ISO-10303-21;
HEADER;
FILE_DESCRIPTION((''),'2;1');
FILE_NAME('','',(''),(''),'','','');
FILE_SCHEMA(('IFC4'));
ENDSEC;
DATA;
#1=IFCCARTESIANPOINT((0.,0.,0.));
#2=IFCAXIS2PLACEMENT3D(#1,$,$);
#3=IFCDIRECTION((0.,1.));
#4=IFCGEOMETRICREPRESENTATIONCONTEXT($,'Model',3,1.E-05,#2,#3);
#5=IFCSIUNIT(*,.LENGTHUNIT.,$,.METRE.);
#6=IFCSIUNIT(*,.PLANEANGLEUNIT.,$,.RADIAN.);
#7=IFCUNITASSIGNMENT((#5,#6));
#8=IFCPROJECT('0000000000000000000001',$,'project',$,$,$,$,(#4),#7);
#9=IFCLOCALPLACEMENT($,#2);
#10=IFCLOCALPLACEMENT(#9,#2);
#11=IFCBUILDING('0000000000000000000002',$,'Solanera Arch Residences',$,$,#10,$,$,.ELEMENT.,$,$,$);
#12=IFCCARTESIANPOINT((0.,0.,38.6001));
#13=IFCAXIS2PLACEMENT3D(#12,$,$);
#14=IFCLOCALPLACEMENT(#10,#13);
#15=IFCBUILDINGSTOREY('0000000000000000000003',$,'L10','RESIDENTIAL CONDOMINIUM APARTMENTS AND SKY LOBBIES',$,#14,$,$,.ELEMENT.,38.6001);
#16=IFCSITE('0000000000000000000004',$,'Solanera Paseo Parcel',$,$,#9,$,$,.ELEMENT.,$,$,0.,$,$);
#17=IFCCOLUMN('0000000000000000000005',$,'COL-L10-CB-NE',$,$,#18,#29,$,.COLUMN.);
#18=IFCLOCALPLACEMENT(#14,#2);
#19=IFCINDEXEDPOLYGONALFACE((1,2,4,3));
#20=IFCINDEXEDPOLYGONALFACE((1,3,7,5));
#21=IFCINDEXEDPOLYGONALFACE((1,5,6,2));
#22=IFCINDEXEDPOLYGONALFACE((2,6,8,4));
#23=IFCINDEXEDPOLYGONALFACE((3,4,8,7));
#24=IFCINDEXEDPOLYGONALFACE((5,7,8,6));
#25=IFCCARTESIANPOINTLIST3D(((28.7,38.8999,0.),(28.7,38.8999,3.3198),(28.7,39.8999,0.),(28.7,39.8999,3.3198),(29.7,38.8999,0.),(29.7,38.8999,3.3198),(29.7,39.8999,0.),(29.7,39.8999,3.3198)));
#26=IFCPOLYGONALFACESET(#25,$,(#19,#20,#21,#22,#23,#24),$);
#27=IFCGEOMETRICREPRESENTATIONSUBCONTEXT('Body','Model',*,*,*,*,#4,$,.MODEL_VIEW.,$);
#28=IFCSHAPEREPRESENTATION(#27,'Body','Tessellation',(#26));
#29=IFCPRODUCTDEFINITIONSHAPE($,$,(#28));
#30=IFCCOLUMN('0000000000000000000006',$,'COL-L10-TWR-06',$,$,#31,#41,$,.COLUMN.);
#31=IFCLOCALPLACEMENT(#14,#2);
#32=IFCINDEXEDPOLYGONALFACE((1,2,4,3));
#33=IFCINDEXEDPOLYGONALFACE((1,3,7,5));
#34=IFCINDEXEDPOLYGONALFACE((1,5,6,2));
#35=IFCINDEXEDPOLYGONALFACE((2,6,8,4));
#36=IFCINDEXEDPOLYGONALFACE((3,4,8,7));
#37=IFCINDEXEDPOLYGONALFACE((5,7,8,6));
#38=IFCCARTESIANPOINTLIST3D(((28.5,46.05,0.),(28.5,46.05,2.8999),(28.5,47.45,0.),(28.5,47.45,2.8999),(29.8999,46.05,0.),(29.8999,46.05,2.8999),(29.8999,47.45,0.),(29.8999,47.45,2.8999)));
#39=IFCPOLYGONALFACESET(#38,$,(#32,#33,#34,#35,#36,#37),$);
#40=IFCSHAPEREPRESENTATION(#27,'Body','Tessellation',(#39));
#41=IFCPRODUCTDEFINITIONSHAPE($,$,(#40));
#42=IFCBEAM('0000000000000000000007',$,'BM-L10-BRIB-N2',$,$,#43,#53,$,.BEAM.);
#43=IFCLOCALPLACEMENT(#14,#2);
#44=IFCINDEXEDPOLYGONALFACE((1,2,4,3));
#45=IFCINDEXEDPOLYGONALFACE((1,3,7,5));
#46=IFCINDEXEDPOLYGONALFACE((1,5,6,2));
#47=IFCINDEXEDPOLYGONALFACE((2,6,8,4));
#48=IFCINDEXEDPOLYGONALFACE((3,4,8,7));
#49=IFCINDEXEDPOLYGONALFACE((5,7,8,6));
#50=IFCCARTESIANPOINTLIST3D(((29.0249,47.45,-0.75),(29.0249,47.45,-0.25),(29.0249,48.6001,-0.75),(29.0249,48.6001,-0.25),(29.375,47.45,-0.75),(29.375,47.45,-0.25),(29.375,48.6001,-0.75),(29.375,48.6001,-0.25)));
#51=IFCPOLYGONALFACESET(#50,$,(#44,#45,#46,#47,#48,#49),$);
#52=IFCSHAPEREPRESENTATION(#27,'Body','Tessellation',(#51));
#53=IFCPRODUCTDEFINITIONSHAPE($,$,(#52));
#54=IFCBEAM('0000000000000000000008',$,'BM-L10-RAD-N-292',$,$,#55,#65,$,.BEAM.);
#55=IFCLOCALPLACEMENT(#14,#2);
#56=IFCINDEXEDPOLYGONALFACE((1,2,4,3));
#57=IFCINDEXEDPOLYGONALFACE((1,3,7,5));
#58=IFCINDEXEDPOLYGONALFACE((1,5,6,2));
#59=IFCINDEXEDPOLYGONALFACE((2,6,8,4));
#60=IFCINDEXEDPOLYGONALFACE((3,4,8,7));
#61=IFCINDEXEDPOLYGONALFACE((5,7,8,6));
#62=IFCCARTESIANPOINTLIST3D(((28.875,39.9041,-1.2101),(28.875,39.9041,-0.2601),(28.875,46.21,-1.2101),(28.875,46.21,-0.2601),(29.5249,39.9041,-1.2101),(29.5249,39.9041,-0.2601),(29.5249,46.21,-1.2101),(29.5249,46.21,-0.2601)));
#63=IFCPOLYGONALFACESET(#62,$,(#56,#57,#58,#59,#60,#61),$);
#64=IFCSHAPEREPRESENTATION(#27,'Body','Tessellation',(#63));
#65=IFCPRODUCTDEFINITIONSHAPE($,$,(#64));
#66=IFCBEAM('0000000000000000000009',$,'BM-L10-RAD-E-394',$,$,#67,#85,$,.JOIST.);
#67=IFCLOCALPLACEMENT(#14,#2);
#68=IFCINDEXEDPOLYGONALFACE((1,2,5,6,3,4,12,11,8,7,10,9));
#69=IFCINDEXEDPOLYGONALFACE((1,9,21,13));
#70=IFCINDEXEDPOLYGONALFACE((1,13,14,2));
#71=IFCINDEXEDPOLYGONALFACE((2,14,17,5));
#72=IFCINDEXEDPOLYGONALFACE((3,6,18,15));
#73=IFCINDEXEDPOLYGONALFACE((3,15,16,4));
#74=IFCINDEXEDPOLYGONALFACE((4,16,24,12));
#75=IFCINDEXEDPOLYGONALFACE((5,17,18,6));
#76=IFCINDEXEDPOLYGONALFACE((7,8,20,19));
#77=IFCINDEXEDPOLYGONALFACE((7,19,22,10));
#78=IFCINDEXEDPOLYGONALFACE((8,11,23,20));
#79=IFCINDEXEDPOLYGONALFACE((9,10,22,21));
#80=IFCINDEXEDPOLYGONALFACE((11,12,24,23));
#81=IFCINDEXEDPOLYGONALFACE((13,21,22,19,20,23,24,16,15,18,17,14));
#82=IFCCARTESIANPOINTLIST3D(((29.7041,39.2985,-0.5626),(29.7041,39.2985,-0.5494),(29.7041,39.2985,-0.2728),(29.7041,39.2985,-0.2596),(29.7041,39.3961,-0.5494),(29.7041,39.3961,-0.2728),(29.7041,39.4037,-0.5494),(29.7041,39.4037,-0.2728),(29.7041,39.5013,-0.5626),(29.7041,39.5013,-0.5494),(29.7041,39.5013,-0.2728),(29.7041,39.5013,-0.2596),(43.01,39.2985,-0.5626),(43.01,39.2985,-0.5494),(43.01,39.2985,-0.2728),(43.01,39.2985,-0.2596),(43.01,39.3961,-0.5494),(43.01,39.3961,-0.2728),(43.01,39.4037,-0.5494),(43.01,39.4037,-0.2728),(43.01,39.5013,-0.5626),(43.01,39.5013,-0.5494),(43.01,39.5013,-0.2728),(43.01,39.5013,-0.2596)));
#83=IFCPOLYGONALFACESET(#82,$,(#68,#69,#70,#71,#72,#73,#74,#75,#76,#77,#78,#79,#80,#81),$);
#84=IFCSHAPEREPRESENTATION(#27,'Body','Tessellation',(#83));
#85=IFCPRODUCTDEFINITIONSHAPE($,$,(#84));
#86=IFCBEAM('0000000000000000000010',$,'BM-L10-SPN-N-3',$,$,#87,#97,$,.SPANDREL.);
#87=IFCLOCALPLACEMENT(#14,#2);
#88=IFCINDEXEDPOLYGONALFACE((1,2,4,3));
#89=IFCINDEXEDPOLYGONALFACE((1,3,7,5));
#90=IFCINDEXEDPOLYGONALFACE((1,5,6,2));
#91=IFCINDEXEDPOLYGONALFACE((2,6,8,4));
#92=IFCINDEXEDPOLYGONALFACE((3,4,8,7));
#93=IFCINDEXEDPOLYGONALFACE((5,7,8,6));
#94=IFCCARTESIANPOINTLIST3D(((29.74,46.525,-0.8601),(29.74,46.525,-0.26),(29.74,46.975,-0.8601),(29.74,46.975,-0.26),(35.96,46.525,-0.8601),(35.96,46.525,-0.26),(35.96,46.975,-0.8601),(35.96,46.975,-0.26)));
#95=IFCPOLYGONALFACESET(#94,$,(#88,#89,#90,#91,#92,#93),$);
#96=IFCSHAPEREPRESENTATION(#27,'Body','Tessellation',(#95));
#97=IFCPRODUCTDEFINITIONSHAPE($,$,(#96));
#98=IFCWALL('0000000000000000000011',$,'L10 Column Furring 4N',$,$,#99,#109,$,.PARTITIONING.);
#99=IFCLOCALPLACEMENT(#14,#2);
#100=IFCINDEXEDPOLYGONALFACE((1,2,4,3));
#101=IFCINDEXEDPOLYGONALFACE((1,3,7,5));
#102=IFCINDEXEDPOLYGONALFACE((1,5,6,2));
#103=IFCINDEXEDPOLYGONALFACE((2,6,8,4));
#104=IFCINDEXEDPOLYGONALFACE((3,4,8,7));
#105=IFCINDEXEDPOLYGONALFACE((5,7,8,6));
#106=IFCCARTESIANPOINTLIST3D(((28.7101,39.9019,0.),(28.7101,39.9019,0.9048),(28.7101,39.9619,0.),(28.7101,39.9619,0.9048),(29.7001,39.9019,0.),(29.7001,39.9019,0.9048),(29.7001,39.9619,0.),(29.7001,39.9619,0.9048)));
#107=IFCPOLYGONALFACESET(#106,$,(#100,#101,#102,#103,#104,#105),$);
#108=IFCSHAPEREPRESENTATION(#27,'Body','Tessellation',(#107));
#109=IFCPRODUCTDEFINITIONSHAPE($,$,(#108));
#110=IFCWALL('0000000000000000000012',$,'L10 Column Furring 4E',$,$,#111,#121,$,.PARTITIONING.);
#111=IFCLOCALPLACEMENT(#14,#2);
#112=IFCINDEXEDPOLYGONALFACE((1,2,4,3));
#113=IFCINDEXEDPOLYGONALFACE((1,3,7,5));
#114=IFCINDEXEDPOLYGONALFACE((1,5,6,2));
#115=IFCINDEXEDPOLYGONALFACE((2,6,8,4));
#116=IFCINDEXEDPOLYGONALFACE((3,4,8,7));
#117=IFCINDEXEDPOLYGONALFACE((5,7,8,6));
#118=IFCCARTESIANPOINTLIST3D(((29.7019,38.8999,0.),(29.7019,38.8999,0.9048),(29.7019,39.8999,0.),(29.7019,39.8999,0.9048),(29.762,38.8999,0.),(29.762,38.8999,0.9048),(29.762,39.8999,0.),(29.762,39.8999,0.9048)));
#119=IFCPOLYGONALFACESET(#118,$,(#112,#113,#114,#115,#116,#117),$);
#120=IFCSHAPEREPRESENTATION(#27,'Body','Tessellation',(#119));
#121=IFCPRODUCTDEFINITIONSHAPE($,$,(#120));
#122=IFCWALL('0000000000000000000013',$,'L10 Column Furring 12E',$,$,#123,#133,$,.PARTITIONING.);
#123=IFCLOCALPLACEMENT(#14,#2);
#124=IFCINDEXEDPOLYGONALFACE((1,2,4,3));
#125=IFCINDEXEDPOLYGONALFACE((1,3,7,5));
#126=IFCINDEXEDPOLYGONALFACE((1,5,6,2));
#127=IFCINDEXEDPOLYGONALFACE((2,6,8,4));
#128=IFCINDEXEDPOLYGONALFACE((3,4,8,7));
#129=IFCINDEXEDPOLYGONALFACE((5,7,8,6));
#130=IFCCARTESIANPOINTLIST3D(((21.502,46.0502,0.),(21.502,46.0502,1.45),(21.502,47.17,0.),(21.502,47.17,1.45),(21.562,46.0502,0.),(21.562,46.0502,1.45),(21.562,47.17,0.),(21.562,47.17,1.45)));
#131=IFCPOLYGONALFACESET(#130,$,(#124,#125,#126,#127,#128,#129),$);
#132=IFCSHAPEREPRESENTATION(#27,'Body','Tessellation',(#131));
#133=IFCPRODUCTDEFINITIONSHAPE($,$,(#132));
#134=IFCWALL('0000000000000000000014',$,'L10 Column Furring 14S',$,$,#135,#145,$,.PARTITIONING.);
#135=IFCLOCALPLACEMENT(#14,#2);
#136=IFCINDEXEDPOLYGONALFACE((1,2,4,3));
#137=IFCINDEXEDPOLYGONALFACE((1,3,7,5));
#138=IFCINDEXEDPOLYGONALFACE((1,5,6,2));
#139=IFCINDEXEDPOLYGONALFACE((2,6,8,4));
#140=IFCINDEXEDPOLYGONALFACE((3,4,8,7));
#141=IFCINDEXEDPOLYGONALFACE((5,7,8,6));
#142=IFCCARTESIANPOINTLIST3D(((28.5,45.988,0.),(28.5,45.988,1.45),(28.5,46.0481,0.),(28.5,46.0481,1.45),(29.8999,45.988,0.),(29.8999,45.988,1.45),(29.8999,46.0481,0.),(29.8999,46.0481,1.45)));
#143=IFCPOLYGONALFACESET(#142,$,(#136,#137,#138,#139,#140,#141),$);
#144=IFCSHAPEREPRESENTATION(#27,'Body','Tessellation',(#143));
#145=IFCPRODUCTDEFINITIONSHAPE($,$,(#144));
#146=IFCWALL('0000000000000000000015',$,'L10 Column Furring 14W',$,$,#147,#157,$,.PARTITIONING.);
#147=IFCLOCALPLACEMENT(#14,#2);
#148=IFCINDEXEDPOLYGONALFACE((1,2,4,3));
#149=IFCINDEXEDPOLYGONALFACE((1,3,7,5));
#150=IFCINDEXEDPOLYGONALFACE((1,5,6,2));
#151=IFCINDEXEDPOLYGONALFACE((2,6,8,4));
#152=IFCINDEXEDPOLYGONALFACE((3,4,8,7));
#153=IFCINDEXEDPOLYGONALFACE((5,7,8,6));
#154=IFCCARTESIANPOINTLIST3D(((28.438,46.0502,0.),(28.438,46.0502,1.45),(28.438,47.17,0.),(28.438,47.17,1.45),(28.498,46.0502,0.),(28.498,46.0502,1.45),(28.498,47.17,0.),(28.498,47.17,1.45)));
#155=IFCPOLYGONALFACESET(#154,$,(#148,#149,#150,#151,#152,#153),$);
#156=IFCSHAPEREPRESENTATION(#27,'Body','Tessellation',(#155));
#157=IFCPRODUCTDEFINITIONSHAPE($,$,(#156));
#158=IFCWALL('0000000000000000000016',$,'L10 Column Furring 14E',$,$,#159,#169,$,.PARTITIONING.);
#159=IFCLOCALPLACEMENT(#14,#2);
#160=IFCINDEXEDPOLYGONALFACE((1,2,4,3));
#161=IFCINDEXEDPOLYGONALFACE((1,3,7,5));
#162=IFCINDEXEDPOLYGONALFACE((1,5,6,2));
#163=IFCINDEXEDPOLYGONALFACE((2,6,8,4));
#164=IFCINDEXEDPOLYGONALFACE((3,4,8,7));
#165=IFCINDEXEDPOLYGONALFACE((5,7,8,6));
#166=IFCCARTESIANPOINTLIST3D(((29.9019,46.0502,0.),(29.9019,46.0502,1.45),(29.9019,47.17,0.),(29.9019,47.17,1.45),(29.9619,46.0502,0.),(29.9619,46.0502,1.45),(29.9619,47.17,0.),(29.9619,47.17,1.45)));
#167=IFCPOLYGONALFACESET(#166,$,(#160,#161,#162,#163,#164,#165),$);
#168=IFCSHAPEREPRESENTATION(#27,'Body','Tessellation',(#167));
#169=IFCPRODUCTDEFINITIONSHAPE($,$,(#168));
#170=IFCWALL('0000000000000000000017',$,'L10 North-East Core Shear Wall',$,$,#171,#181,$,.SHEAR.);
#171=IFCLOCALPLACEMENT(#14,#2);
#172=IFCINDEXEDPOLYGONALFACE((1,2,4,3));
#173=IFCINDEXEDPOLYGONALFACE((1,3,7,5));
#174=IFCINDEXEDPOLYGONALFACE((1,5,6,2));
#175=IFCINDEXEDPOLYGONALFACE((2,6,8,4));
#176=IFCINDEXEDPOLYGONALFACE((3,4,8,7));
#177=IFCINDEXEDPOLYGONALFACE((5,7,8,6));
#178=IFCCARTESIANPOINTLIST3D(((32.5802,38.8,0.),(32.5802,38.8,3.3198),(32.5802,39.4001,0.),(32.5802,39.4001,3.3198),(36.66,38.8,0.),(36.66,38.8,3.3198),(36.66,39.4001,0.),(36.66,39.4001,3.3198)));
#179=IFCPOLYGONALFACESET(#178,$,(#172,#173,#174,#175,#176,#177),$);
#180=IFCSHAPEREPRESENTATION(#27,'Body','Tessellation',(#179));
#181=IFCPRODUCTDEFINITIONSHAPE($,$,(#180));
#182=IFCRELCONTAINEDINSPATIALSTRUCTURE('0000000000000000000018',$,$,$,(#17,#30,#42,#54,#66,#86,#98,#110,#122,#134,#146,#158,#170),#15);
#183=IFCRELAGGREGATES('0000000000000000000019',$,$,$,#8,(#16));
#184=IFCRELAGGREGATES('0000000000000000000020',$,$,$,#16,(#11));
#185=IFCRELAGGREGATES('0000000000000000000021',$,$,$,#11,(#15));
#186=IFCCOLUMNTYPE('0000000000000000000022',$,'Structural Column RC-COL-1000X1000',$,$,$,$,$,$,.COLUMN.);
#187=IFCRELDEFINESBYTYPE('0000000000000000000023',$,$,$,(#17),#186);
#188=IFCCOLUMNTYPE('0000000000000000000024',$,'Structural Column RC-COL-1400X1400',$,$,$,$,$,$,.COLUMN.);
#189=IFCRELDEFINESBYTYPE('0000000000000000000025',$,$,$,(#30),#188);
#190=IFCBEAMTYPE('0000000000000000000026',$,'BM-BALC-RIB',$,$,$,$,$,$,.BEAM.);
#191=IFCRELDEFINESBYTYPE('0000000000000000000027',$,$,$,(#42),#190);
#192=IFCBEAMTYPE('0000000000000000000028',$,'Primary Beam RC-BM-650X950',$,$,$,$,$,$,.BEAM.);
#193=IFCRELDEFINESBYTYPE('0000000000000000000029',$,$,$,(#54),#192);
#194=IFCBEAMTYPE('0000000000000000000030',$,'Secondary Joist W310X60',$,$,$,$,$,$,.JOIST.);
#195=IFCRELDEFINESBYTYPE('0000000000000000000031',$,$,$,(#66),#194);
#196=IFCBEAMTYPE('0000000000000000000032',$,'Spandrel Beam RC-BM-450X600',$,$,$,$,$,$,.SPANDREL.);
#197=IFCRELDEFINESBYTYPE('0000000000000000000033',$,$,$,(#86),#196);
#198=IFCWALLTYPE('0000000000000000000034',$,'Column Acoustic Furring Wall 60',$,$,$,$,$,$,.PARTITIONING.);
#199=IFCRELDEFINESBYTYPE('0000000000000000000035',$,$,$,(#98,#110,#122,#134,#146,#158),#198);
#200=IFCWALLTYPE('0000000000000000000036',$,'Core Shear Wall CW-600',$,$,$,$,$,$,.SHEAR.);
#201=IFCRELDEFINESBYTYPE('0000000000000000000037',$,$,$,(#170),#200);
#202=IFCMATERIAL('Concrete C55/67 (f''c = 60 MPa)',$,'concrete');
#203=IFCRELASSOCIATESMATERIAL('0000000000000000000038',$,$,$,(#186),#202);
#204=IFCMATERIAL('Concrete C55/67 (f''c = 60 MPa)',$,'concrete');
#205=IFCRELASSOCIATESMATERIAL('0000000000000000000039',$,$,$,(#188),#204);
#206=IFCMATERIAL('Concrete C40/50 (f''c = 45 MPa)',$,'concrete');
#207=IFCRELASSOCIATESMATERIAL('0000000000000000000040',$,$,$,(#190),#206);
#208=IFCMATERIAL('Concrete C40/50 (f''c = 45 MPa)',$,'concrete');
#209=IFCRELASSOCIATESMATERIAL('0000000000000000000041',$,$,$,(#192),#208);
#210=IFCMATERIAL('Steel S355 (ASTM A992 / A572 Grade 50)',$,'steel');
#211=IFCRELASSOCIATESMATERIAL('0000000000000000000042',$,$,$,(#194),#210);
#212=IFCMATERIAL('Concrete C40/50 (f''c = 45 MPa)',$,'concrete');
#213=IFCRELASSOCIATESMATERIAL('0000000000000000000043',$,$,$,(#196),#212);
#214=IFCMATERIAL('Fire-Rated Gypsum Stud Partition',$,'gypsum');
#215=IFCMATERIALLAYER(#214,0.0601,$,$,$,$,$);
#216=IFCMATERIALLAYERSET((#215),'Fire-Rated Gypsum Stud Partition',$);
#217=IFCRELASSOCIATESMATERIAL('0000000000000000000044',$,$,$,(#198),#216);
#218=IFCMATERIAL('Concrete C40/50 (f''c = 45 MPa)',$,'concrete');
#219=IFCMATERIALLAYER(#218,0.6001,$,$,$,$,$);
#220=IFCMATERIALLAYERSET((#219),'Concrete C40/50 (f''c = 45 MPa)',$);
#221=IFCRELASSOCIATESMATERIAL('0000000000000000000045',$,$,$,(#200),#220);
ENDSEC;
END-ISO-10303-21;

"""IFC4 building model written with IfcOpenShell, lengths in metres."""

from ifc_helpers import new_model, si_unit, direction, frame, frame_2d, origin, origin_2d, place, context, subcontext, project, spatial, rectangle, i_section, extrude, material, layer, layer_set, material_profile, profile_set, type_object, element, save


model = new_model("IFC4")

# Units and contexts
model_context = context("Model", 3, precision=1e-05, world=origin(), true_north=direction((0.0, 1.0)))
body_context = subcontext(model_context, "Body", "Model", "MODEL_VIEW")
ifc_project = project(units=[si_unit("LENGTHUNIT", "METRE"), si_unit("PLANEANGLEUNIT", "RADIAN")], contexts=[model_context])

# Site, building, storey
site_placement = place(None, origin())
site = spatial("IfcSite", under=ifc_project, at=site_placement, Name="Solanera Paseo Parcel", CompositionType="ELEMENT", RefElevation=0.0)
building_placement = place(site_placement, origin())
building = spatial("IfcBuilding", under=site, at=building_placement, Name="Solanera Arch Residences", CompositionType="ELEMENT")
storey_placement = place(building_placement, frame((0.0, 0.0, 38.6001)))
storey = spatial("IfcBuildingStorey", under=building, at=storey_placement, Name="L10", Description="RESIDENTIAL CONDOMINIUM APARTMENTS AND SKY LOBBIES", CompositionType="ELEMENT", Elevation=38.6001)

# Columns
ifc_material_1 = material(Name="Concrete C55/67 (f'c = 60 MPa)", Category="concrete")
ifc_material_profile_1 = material_profile(ifc_material_1, rectangle(XDim=1.0, YDim=1.0, at=origin_2d()))
ifc_profile_set_1 = profile_set([ifc_material_profile_1], Name="Concrete C55/67 (f'c = 60 MPa)")
column_type_1 = type_object("IfcColumnType", Name="Structural Column RC-COL-1000X1000", PredefinedType="COLUMN", material=ifc_profile_set_1)
column_1_placement = place(storey_placement, frame((29.2, 39.3999, 0.0), z_axis=(0.0, 0.0, 1.0), x_axis=(1.0, 0.0, 0.0)))
element("IfcColumn", 1, at=column_1_placement, inside=storey, type_object=column_type_1, Name="COL-L10-CB-NE", PredefinedType="COLUMN", context=body_context, shape_type="SweptSolid", body=[
    extrude(rectangle(XDim=1.0, YDim=1.0, at=origin_2d()), origin(), (0.0, 0.0, 1.0), 3.3198),
])
ifc_material_2 = material(Name="Concrete C55/67 (f'c = 60 MPa)", Category="concrete")
ifc_material_profile_2 = material_profile(ifc_material_2, rectangle(XDim=1.3999, YDim=1.3999, at=origin_2d()))
ifc_profile_set_2 = profile_set([ifc_material_profile_2], Name="Concrete C55/67 (f'c = 60 MPa)")
column_type_2 = type_object("IfcColumnType", Name="Structural Column RC-COL-1400X1400", PredefinedType="COLUMN", material=ifc_profile_set_2)
column_2_placement = place(storey_placement, frame((29.2, 46.75, 0.0), z_axis=(0.0, 0.0, 1.0), x_axis=(1.0, 0.0, 0.0)))
element("IfcColumn", 2, at=column_2_placement, inside=storey, type_object=column_type_2, Name="COL-L10-TWR-06", PredefinedType="COLUMN", context=body_context, shape_type="SweptSolid", body=[
    extrude(rectangle(XDim=1.3999, YDim=1.3999, at=origin_2d()), origin(), (0.0, 0.0, 1.0), 2.8999),
])

# Beams
ifc_material_3 = material(Name="Concrete C40/50 (f'c = 45 MPa)", Category="concrete")
ifc_material_profile_3 = material_profile(ifc_material_3, rectangle(XDim=0.3501, YDim=0.5, at=origin_2d()))
ifc_profile_set_3 = profile_set([ifc_material_profile_3], Name="Concrete C40/50 (f'c = 45 MPa)")
beam_type_1 = type_object("IfcBeamType", Name="BM-BALC-RIB", PredefinedType="BEAM", material=ifc_profile_set_3)
beam_1_placement = place(storey_placement, frame((29.2, 47.45, -0.5), z_axis=(0.0, 1.0, 0.0), x_axis=(-1.0, 0.0, 0.0)))
element("IfcBeam", 3, at=beam_1_placement, inside=storey, type_object=beam_type_1, Name="BM-L10-BRIB-N2", PredefinedType="BEAM", context=body_context, shape_type="SweptSolid", body=[
    extrude(rectangle(XDim=0.3501, YDim=0.5, at=origin_2d()), origin(), (0.0, 0.0, 1.0), 1.1501),
])
ifc_material_4 = material(Name="Concrete C40/50 (f'c = 45 MPa)", Category="concrete")
ifc_material_profile_4 = material_profile(ifc_material_4, rectangle(XDim=0.6499, YDim=0.95, at=origin_2d()))
ifc_profile_set_4 = profile_set([ifc_material_profile_4], Name="Concrete C40/50 (f'c = 45 MPa)")
beam_type_2 = type_object("IfcBeamType", Name="Primary Beam RC-BM-650X950", PredefinedType="BEAM", material=ifc_profile_set_4)
beam_2_placement = place(storey_placement, frame((29.2, 39.9041, -0.7351), z_axis=(0.0, 1.0, 0.0), x_axis=(-1.0, 0.0, 0.0)))
element("IfcBeam", 4, at=beam_2_placement, inside=storey, type_object=beam_type_2, Name="BM-L10-RAD-N-292", PredefinedType="BEAM", context=body_context, shape_type="SweptSolid", body=[
    extrude(rectangle(XDim=0.6499, YDim=0.95, at=origin_2d()), origin(), (0.0, 0.0, 1.0), 6.3059),
])
ifc_material_5 = material(Name="Steel S355 (ASTM A992 / A572 Grade 50)", Category="steel")
ifc_material_profile_5 = material_profile(ifc_material_5, i_section(OverallWidth=0.2029, OverallDepth=0.303, WebThickness=0.0076, FlangeThickness=0.0132, at=origin_2d()))
ifc_profile_set_5 = profile_set([ifc_material_profile_5], Name="Steel S355 (ASTM A992 / A572 Grade 50)")
beam_type_3 = type_object("IfcBeamType", Name="Secondary Joist W310X60", PredefinedType="JOIST", material=ifc_profile_set_5)
beam_3_placement = place(storey_placement, frame((29.7041, 39.3999, -0.4111), z_axis=(1.0, 0.0, 0.0), x_axis=(0.0, 1.0, 0.0)))
element("IfcBeam", 5, at=beam_3_placement, inside=storey, type_object=beam_type_3, Name="BM-L10-RAD-E-394", PredefinedType="JOIST", context=body_context, shape_type="SweptSolid", body=[
    extrude(i_section(OverallWidth=0.2029, OverallDepth=0.303, WebThickness=0.0076, FlangeThickness=0.0132, at=origin_2d()), origin(), (0.0, 0.0, 1.0), 13.3059),
])
ifc_material_6 = material(Name="Concrete C40/50 (f'c = 45 MPa)", Category="concrete")
ifc_material_profile_6 = material_profile(ifc_material_6, rectangle(XDim=0.45, YDim=0.6001, at=origin_2d()))
ifc_profile_set_6 = profile_set([ifc_material_profile_6], Name="Concrete C40/50 (f'c = 45 MPa)")
beam_type_4 = type_object("IfcBeamType", Name="Spandrel Beam RC-BM-450X600", PredefinedType="SPANDREL", material=ifc_profile_set_6)
beam_4_placement = place(storey_placement, frame((29.74, 46.75, -0.5601), z_axis=(1.0, 0.0, 0.0), x_axis=(0.0, 1.0, 0.0)))
element("IfcBeam", 6, at=beam_4_placement, inside=storey, type_object=beam_type_4, Name="BM-L10-SPN-N-3", PredefinedType="SPANDREL", context=body_context, shape_type="SweptSolid", body=[
    extrude(rectangle(XDim=0.45, YDim=0.6001, at=origin_2d()), origin(), (0.0, 0.0, 1.0), 6.22),
])

# Walls
ifc_material_7 = material(Name="Fire-Rated Gypsum Stud Partition", Category="gypsum")
ifc_layer_1 = layer(ifc_material_7, 0.0601)
ifc_layer_set_1 = layer_set([ifc_layer_1], Name="Fire-Rated Gypsum Stud Partition")
wall_type_1 = type_object("IfcWallType", Name="Column Acoustic Furring Wall 60", PredefinedType="PARTITIONING", material=ifc_layer_set_1)
wall_1_placement = place(storey_placement, frame((28.71, 39.9319, 0.0), z_axis=(0.0, 0.0, 1.0), x_axis=(1.0, 0.0, 0.0)))
element("IfcWall", 7, at=wall_1_placement, inside=storey, type_object=wall_type_1, Name="L10 Column Furring 4N", PredefinedType="PARTITIONING", context=body_context, shape_type="SweptSolid", body=[
    extrude(rectangle(XDim=0.99, YDim=0.0601, at=frame_2d((0.4951, 0.0))), origin(), (0.0, 0.0, 1.0), 0.9048),
])
wall_2_placement = place(storey_placement, frame((29.7319, 38.8999, 0.0), z_axis=(0.0, 0.0, 1.0), x_axis=(0.0, 1.0, 0.0)))
element("IfcWall", 8, at=wall_2_placement, inside=storey, type_object=wall_type_1, Name="L10 Column Furring 4E", PredefinedType="PARTITIONING", context=body_context, shape_type="SweptSolid", body=[
    extrude(rectangle(XDim=1.0, YDim=0.0601, at=frame_2d((0.5, 0.0))), origin(), (0.0, 0.0, 1.0), 0.9048),
])
wall_3_placement = place(storey_placement, frame((21.532, 46.05, 0.0), z_axis=(0.0, 0.0, 1.0), x_axis=(0.0, 1.0, 0.0)))
element("IfcWall", 9, at=wall_3_placement, inside=storey, type_object=wall_type_1, Name="L10 Column Furring 12E", PredefinedType="PARTITIONING", context=body_context, shape_type="SweptSolid", body=[
    extrude(rectangle(XDim=1.1199, YDim=0.0601, at=frame_2d((0.5601, 0.0))), origin(), (0.0, 0.0, 1.0), 1.45),
])
wall_4_placement = place(storey_placement, frame((28.5, 46.0181, 0.0), z_axis=(0.0, 0.0, 1.0), x_axis=(1.0, 0.0, 0.0)))
element("IfcWall", 10, at=wall_4_placement, inside=storey, type_object=wall_type_1, Name="L10 Column Furring 14S", PredefinedType="PARTITIONING", context=body_context, shape_type="SweptSolid", body=[
    extrude(rectangle(XDim=1.3999, YDim=0.0601, at=frame_2d((0.7, 0.0))), origin(), (0.0, 0.0, 1.0), 1.45),
])
for number, where, z_axis, x_axis, name in (
    (11, (28.468, 46.05, 0.0), (0.0, 0.0, 1.0), (0.0, 1.0, 0.0), "L10 Column Furring 14W"),
    (12, (29.9319, 46.05, 0.0), (0.0, 0.0, 1.0), (0.0, 1.0, 0.0), "L10 Column Furring 14E"),
):
    element("IfcWall", number, at=place(storey_placement, frame(where, z_axis=z_axis, x_axis=x_axis)), inside=storey, type_object=wall_type_1, Name=name, PredefinedType="PARTITIONING", context=body_context, shape_type="SweptSolid", body=[
        extrude(rectangle(XDim=1.1199, YDim=0.0601, at=frame_2d((0.5601, 0.0))), origin(), (0.0, 0.0, 1.0), 1.45),
    ])
ifc_material_8 = material(Name="Concrete C40/50 (f'c = 45 MPa)", Category="concrete")
ifc_layer_2 = layer(ifc_material_8, 0.6001)
ifc_layer_set_2 = layer_set([ifc_layer_2], Name="Concrete C40/50 (f'c = 45 MPa)")
wall_type_2 = type_object("IfcWallType", Name="Core Shear Wall CW-600", PredefinedType="SHEAR", material=ifc_layer_set_2)
wall_5_placement = place(storey_placement, frame((32.5801, 39.1001, 0.0), z_axis=(0.0, 0.0, 1.0), x_axis=(1.0, 0.0, 0.0)))
element("IfcWall", 13, at=wall_5_placement, inside=storey, type_object=wall_type_2, Name="L10 North-East Core Shear Wall", PredefinedType="SHEAR", context=body_context, shape_type="SweptSolid", body=[
    extrude(rectangle(XDim=4.0798, YDim=0.6001, at=frame_2d((2.04, 0.0))), origin(), (0.0, 0.0, 1.0), 3.3198),
])

save(model, "model.ifc")
